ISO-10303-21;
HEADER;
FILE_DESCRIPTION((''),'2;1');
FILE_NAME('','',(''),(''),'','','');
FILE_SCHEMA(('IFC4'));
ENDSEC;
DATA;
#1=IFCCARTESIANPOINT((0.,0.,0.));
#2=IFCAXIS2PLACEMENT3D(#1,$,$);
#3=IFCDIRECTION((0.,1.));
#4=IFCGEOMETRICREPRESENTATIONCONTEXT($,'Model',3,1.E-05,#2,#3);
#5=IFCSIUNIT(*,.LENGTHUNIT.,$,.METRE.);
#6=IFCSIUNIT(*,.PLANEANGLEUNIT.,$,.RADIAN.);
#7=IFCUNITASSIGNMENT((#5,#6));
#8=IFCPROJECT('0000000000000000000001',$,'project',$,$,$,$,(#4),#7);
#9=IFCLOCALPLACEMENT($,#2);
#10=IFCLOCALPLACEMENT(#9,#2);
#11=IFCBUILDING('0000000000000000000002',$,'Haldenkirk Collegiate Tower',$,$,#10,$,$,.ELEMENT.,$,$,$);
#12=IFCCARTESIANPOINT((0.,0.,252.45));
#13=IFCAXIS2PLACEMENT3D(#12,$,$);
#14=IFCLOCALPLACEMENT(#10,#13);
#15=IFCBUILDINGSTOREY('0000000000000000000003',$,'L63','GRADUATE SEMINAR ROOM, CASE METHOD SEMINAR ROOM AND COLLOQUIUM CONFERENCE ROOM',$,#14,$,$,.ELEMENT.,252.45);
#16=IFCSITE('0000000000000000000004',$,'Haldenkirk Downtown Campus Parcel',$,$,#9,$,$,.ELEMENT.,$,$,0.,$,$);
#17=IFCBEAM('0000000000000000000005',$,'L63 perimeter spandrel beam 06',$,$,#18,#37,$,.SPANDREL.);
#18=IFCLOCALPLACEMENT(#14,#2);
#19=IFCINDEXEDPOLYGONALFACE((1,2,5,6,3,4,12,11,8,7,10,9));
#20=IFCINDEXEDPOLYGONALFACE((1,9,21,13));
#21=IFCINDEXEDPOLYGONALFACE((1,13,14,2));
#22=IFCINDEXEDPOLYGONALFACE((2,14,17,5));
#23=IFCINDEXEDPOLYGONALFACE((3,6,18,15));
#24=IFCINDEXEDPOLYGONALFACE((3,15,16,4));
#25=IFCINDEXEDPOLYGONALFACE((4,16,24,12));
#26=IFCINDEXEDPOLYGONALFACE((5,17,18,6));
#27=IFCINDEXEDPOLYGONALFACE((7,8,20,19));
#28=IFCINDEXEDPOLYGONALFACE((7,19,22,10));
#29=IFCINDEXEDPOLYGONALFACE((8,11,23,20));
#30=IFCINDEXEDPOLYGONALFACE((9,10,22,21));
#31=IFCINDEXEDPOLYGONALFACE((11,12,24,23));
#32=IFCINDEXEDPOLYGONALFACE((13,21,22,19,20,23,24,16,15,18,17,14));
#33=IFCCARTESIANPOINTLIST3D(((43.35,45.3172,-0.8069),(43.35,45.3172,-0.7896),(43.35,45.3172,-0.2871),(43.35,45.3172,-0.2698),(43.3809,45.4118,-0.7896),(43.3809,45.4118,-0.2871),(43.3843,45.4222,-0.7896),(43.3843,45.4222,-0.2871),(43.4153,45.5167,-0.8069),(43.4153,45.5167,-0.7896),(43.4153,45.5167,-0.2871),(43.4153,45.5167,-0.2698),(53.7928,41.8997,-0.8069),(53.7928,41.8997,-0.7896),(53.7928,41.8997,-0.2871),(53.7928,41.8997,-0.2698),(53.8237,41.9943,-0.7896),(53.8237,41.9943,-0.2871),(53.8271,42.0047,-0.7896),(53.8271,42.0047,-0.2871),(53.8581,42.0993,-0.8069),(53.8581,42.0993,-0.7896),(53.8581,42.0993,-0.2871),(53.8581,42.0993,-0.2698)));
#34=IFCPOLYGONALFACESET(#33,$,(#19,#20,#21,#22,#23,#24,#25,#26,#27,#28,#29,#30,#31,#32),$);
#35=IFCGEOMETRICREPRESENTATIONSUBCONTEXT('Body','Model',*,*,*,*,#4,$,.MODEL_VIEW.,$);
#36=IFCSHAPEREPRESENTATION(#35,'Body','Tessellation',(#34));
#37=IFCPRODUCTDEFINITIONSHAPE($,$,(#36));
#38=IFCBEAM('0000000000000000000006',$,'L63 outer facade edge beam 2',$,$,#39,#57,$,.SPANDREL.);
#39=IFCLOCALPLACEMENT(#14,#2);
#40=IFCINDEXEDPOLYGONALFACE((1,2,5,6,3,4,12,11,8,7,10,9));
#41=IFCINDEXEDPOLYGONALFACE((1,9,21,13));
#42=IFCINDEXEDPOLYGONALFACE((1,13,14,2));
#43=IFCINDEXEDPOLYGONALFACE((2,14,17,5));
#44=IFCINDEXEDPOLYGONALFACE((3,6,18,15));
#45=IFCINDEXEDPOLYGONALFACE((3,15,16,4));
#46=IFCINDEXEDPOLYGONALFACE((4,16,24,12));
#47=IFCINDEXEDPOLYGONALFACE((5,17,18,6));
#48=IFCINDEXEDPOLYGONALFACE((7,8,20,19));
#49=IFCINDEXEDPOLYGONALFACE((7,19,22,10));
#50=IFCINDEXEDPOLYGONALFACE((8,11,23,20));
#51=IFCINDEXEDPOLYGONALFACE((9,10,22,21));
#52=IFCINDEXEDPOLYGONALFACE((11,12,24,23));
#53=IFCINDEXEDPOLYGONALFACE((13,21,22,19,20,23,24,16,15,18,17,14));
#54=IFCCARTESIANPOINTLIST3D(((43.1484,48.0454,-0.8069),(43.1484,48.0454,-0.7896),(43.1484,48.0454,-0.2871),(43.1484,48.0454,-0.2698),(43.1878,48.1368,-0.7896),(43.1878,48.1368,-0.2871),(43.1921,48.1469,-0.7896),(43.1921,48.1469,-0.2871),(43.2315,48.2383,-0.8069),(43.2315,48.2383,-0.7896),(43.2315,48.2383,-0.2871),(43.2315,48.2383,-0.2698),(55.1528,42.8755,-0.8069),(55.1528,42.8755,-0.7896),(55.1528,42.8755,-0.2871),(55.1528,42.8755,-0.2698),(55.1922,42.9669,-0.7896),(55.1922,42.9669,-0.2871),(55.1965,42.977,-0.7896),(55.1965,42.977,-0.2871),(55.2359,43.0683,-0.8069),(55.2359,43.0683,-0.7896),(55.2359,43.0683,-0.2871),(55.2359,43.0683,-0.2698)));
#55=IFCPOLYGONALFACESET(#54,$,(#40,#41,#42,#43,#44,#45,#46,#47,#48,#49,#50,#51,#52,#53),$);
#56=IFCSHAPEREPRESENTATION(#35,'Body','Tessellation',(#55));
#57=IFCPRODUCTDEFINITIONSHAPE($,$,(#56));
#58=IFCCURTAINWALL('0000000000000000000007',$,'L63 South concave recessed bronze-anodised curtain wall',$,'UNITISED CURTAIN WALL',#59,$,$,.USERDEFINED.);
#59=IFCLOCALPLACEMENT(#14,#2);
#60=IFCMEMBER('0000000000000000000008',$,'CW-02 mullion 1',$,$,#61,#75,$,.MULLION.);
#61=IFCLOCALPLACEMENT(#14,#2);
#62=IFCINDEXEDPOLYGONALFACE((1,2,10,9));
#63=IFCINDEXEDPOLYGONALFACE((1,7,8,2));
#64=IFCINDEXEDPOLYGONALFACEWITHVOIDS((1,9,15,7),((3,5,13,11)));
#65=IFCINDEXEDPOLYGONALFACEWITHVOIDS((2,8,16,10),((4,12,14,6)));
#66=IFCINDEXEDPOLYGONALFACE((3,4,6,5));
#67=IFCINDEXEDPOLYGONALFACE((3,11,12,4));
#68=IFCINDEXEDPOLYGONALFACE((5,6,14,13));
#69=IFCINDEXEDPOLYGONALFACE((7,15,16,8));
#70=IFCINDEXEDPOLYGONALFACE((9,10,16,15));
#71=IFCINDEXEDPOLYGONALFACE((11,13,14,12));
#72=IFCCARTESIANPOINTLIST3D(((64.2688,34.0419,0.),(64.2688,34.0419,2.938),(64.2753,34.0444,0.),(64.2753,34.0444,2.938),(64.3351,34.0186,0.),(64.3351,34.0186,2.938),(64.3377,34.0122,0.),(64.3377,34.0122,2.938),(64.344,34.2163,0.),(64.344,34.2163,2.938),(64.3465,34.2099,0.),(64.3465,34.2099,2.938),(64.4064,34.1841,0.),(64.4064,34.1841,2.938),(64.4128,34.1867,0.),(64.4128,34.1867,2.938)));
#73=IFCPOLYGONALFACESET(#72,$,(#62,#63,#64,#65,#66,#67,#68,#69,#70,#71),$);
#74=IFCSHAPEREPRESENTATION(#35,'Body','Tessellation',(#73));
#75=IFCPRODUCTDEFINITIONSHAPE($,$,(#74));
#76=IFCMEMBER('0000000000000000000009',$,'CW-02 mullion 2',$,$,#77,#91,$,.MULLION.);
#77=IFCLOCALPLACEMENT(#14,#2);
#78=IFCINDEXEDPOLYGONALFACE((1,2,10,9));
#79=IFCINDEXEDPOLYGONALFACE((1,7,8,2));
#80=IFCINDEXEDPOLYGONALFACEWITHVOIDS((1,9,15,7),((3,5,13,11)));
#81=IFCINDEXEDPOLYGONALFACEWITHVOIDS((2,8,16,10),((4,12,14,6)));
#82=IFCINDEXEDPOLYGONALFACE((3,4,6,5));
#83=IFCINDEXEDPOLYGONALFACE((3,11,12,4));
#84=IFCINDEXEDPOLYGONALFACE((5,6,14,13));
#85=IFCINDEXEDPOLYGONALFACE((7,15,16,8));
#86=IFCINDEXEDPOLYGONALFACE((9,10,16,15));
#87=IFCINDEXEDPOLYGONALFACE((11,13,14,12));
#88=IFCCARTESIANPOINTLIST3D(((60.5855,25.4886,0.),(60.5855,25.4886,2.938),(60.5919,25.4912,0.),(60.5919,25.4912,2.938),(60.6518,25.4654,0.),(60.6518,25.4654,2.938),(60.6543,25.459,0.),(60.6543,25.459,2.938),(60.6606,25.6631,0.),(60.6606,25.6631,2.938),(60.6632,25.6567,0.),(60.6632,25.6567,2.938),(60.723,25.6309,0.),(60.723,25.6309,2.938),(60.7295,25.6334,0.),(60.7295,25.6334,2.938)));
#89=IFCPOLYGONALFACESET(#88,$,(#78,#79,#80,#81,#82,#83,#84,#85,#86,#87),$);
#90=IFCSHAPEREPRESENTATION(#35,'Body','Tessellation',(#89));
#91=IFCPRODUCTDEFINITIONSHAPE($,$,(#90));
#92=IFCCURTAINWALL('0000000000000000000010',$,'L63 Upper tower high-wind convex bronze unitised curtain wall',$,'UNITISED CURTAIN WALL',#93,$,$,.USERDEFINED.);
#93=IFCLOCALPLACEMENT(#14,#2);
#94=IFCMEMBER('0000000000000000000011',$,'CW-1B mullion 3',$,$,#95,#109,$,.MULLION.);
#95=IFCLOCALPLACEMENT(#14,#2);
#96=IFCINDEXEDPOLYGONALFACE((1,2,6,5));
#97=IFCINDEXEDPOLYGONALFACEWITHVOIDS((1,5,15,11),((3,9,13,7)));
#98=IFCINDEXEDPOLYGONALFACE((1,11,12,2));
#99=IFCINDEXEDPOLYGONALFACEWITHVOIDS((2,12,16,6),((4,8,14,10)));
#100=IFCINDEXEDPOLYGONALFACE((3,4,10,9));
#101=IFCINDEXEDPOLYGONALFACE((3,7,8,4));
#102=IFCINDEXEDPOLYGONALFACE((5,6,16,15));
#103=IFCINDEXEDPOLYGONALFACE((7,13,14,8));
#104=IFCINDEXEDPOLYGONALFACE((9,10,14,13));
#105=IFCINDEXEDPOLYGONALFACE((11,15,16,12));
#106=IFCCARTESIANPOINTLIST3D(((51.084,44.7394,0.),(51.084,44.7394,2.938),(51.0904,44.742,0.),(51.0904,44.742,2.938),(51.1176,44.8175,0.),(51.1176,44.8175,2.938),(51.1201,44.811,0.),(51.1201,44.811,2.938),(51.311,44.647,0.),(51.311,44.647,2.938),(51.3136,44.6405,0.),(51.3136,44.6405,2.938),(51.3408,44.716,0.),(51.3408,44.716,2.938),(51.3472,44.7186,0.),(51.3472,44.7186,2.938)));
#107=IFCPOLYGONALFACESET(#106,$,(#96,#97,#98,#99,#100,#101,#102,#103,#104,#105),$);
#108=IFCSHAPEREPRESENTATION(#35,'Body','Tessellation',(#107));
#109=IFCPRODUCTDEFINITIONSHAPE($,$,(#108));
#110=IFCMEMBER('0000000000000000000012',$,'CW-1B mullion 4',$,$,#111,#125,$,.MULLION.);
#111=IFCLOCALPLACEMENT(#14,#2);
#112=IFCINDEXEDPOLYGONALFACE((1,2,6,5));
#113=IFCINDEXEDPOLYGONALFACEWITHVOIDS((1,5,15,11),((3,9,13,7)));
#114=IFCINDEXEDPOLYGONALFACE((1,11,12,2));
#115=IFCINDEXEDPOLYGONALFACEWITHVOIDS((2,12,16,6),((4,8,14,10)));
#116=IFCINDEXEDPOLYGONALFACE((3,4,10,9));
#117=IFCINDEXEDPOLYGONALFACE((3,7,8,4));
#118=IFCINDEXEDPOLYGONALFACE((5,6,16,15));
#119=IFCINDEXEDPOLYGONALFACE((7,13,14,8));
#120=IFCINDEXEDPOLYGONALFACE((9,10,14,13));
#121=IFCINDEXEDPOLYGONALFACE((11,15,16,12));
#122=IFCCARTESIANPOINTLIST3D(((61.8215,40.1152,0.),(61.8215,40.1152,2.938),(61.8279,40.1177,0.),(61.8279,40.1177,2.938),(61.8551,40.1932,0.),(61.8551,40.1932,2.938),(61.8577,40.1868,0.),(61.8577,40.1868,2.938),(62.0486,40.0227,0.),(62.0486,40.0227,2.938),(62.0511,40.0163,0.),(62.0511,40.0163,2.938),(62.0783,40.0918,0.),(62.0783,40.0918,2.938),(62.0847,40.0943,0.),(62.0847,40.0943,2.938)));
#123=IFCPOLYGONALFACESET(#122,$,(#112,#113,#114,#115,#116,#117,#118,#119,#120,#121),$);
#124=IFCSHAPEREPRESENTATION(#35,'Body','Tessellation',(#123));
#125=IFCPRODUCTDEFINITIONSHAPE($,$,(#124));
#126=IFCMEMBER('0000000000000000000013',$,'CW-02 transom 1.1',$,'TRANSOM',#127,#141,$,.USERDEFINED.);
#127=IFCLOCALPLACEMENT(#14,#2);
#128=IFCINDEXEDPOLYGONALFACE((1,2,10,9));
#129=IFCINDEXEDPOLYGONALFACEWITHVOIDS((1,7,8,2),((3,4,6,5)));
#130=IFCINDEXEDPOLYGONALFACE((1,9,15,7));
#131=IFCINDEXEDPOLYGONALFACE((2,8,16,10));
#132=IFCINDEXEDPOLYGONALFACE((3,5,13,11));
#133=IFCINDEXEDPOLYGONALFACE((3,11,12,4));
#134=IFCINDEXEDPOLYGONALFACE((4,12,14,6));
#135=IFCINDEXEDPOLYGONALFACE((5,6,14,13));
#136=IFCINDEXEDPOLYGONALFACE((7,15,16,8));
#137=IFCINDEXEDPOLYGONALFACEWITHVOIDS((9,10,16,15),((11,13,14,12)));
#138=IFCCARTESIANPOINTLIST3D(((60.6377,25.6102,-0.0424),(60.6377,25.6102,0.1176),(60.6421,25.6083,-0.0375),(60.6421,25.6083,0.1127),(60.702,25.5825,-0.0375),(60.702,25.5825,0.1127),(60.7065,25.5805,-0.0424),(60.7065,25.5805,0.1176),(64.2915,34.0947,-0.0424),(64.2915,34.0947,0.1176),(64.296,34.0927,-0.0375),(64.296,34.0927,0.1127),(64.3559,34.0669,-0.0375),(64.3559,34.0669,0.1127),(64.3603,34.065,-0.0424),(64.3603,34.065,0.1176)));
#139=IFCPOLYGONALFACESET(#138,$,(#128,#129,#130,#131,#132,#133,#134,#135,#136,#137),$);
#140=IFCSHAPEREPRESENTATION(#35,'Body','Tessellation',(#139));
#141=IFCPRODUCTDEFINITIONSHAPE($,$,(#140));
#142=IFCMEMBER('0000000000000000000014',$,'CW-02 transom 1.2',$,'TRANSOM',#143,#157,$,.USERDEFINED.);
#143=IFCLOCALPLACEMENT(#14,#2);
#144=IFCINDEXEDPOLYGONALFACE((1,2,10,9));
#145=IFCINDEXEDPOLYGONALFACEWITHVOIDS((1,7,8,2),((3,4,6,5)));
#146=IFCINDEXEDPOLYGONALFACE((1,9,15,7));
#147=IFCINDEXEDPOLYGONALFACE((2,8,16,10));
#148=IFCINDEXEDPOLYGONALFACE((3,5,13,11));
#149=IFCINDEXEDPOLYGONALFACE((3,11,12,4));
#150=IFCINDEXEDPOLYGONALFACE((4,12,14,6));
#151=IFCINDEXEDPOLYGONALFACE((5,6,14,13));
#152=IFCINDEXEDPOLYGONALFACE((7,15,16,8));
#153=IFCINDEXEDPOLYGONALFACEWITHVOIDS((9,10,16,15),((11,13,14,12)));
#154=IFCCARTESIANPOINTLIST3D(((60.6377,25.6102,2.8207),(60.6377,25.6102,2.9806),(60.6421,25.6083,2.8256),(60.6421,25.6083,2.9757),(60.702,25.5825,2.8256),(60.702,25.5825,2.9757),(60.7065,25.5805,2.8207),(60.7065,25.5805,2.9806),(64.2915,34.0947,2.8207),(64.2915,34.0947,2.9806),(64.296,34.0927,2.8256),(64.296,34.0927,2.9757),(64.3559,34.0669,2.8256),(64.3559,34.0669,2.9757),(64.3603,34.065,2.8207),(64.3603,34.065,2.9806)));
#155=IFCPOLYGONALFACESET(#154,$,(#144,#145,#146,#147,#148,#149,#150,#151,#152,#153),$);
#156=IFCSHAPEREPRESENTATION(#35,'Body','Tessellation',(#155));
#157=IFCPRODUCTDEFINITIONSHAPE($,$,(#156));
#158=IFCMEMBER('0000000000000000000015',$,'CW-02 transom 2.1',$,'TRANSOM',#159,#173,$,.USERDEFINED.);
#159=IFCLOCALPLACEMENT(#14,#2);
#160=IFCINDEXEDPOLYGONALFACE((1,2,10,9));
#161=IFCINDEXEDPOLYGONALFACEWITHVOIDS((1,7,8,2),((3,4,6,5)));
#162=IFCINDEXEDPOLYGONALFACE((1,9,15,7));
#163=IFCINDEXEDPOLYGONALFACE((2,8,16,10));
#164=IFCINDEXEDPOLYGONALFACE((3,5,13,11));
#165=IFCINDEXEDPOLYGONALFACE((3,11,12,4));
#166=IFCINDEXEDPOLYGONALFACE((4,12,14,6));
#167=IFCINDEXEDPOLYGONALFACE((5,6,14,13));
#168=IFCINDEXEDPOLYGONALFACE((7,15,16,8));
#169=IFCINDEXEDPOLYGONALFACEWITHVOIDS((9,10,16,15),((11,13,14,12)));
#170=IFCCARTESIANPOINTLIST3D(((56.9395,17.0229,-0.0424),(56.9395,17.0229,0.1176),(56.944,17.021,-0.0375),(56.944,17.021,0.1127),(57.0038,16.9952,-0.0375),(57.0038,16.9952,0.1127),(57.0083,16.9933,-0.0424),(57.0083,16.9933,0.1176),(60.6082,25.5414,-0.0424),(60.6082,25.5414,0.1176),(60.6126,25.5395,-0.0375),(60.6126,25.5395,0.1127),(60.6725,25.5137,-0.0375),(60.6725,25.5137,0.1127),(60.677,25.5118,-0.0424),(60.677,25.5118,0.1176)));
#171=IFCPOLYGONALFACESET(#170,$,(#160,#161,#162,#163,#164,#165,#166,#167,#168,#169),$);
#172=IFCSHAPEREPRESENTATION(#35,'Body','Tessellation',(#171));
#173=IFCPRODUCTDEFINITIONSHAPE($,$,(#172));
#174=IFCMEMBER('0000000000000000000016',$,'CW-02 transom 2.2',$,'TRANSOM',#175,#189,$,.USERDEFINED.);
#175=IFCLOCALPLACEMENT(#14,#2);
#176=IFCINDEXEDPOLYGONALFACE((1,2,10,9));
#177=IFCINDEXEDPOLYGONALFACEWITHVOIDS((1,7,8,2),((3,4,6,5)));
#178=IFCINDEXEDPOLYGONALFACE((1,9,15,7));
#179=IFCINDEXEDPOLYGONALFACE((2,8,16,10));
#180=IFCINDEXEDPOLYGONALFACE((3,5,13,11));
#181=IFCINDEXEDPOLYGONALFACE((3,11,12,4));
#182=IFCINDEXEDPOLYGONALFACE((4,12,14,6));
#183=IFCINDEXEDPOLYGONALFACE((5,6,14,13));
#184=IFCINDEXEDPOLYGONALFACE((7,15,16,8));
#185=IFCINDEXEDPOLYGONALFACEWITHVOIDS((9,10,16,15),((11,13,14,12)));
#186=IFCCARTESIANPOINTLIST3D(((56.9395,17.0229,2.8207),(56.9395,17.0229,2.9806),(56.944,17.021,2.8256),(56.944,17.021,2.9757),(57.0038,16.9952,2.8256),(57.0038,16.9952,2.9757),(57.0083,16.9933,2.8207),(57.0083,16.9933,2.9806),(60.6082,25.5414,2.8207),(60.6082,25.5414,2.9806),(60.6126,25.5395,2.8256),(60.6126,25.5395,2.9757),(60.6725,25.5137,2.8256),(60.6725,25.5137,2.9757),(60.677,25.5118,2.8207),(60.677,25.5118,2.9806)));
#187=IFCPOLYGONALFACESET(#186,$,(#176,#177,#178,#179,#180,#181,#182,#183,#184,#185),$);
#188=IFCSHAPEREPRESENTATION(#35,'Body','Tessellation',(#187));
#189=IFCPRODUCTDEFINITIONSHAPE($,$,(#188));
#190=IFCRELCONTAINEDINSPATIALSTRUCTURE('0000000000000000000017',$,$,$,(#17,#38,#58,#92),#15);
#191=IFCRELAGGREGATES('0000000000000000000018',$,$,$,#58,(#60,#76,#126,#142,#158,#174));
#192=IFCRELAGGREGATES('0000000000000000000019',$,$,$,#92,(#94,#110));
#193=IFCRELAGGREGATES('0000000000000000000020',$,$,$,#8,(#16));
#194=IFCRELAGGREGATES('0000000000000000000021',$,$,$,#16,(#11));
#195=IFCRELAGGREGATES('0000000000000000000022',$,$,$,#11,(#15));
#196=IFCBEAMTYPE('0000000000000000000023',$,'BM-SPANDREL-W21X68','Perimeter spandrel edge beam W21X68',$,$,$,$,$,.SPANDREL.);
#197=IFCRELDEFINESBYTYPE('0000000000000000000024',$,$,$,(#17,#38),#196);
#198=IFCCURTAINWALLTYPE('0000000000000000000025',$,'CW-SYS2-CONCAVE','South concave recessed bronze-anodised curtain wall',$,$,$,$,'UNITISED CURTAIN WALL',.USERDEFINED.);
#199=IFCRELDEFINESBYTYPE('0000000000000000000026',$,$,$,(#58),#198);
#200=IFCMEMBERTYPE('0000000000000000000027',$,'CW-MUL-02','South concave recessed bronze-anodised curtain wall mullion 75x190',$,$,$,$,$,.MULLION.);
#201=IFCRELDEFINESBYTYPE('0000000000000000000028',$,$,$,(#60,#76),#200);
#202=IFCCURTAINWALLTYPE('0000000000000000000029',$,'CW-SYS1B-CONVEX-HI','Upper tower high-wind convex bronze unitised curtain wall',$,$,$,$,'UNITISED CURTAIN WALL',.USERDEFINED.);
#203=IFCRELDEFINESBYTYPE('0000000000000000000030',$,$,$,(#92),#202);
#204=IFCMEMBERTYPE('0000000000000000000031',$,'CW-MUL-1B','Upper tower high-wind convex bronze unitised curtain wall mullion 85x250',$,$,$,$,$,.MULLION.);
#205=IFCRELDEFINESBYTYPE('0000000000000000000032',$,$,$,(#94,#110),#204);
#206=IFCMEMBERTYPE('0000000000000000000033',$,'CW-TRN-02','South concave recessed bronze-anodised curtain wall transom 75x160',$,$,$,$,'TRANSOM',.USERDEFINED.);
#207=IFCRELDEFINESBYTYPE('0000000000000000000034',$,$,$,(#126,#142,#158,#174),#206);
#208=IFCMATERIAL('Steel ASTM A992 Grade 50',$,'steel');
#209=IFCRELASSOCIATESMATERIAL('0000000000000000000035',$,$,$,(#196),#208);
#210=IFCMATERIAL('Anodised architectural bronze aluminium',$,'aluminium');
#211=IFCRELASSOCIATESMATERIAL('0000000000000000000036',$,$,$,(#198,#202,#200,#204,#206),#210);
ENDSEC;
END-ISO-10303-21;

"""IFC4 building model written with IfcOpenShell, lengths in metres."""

from ifc_helpers import new_model, si_unit, direction, frame, origin, origin_2d, place, context, subcontext, project, spatial, hollow_rectangle, i_section, extrude, material, material_profile, profile_set, type_object, element, aggregate, save


model = new_model("IFC4")

# Units and contexts
model_context = context("Model", 3, precision=1e-05, world=origin(), true_north=direction((0.0, 1.0)))
body_context = subcontext(model_context, "Body", "Model", "MODEL_VIEW")
ifc_project = project(units=[si_unit("LENGTHUNIT", "METRE"), si_unit("PLANEANGLEUNIT", "RADIAN")], contexts=[model_context])

# Site, building, storey
site_placement = place(None, origin())
site = spatial("IfcSite", under=ifc_project, at=site_placement, Name="Haldenkirk Downtown Campus Parcel", CompositionType="ELEMENT", RefElevation=0.0)
building_placement = place(site_placement, origin())
building = spatial("IfcBuilding", under=site, at=building_placement, Name="Haldenkirk Collegiate Tower", CompositionType="ELEMENT")
storey_placement = place(building_placement, frame((0.0, 0.0, 252.45)))
storey = spatial("IfcBuildingStorey", under=building, at=storey_placement, Name="L63", Description="GRADUATE SEMINAR ROOM, CASE METHOD SEMINAR ROOM AND COLLOQUIUM CONFERENCE ROOM", CompositionType="ELEMENT", Elevation=252.45)

# Beams
ifc_material_1 = material(Name="Steel ASTM A992 Grade 50", Category="steel")
ifc_material_profile_1 = material_profile(ifc_material_1, i_section(OverallWidth=0.21, OverallDepth=0.5371, WebThickness=0.011, FlangeThickness=0.0173, at=origin_2d()), Name="W21X68")
ifc_profile_set_1 = profile_set([ifc_material_profile_1], Name="Steel ASTM A992 Grade 50")
beam_type_1 = type_object("IfcBeamType", Name="BM-SPANDREL-W21X68", Description="Perimeter spandrel edge beam W21X68", PredefinedType="SPANDREL", material=ifc_profile_set_1)
beam_1_placement = place(storey_placement, frame((53.8254, 41.9995, -0.5383), z_axis=(-0.950402, 0.311024, 0.0), x_axis=(-0.311024, -0.950402, 0.0)))
element("IfcBeam", 1, at=beam_1_placement, inside=storey, type_object=beam_type_1, Name="L63 perimeter spandrel beam 06", PredefinedType="SPANDREL", context=body_context, shape_type="SweptSolid", body=[
    extrude(i_section(OverallWidth=0.21, OverallDepth=0.5371, WebThickness=0.011, FlangeThickness=0.0173, at=origin_2d()), origin(), (0.0, 0.0, 1.0), 10.9878),
])
beam_2_placement = place(storey_placement, frame((55.1943, 42.9719, -0.5383), z_axis=(-0.918446, 0.395546, 0.0), x_axis=(-0.395546, -0.918446, 0.0)))
element("IfcBeam", 2, at=beam_2_placement, inside=storey, type_object=beam_type_1, Name="L63 outer facade edge beam 2", PredefinedType="SPANDREL", context=body_context, shape_type="SweptSolid", body=[
    extrude(i_section(OverallWidth=0.21, OverallDepth=0.5371, WebThickness=0.011, FlangeThickness=0.0173, at=origin_2d()), origin(), (0.0, 0.0, 1.0), 13.0703),
])

# Curtain walls, members
ifc_material_2 = material(Name="Anodised architectural bronze aluminium", Category="aluminium")
curtain_wall_type_1 = type_object("IfcCurtainWallType", Name="CW-SYS2-CONCAVE", Description="South concave recessed bronze-anodised curtain wall", ElementType="UNITISED CURTAIN WALL", PredefinedType="USERDEFINED", material=ifc_material_2)
curtain_wall_1_placement = place(storey_placement, origin())
curtain_wall_1 = element("IfcCurtainWall", 3, at=curtain_wall_1_placement, inside=storey, type_object=curtain_wall_type_1, Name="L63 South concave recessed bronze-anodised curtain wall", ObjectType="UNITISED CURTAIN WALL", PredefinedType="USERDEFINED")
ifc_material_profile_2 = material_profile(ifc_material_2, hollow_rectangle(XDim=0.075, YDim=0.1899, WallThickness=0.0049, at=origin_2d()), Name="CW-MUL-02")
ifc_profile_set_2 = profile_set([ifc_material_profile_2], Name="Anodised architectural bronze aluminium")
member_type_1 = type_object("IfcMemberType", Name="CW-MUL-02", Description="South concave recessed bronze-anodised curtain wall mullion 75x190", PredefinedType="MULLION", material=ifc_profile_set_2)
member_1_placement = place(storey_placement, frame((64.3408, 34.1143, 0.0), z_axis=(0.0, 0.0, 1.0), x_axis=(0.918446, -0.395545, 0.0)))
member_1 = element("IfcMember", 4, at=member_1_placement, type_object=member_type_1, Name="CW-02 mullion 1", PredefinedType="MULLION", context=body_context, shape_type="SweptSolid", body=[
    extrude(hollow_rectangle(XDim=0.075, YDim=0.1899, WallThickness=0.0049, at=origin_2d()), origin(), (0.0, 0.0, 1.0), 2.938),
])
member_2_placement = place(storey_placement, frame((60.6575, 25.561, 0.0), z_axis=(0.0, 0.0, 1.0), x_axis=(0.918446, -0.395545, 0.0)))
member_2 = element("IfcMember", 5, at=member_2_placement, type_object=member_type_1, Name="CW-02 mullion 2", PredefinedType="MULLION", context=body_context, shape_type="SweptSolid", body=[
    extrude(hollow_rectangle(XDim=0.075, YDim=0.1899, WallThickness=0.0049, at=origin_2d()), origin(), (0.0, 0.0, 1.0), 2.938),
])
curtain_wall_type_2 = type_object("IfcCurtainWallType", Name="CW-SYS1B-CONVEX-HI", Description="Upper tower high-wind convex bronze unitised curtain wall", ElementType="UNITISED CURTAIN WALL", PredefinedType="USERDEFINED", material=ifc_material_2)
curtain_wall_2_placement = place(storey_placement, origin())
curtain_wall_2 = element("IfcCurtainWall", 6, at=curtain_wall_2_placement, inside=storey, type_object=curtain_wall_type_2, Name="L63 Upper tower high-wind convex bronze unitised curtain wall", ObjectType="UNITISED CURTAIN WALL", PredefinedType="USERDEFINED")
ifc_material_profile_3 = material_profile(ifc_material_2, hollow_rectangle(XDim=0.085, YDim=0.25, WallThickness=0.0049, at=origin_2d()), Name="CW-MUL-1B")
ifc_profile_set_3 = profile_set([ifc_material_profile_3], Name="Anodised architectural bronze aluminium")
member_type_2 = type_object("IfcMemberType", Name="CW-MUL-1B", Description="Upper tower high-wind convex bronze unitised curtain wall mullion 85x250", PredefinedType="MULLION", material=ifc_profile_set_3)
member_3_placement = place(storey_placement, frame((51.2156, 44.729, 0.0), z_axis=(0.0, 0.0, 1.0), x_axis=(0.395546, 0.918446, 0.0)))
member_3 = element("IfcMember", 7, at=member_3_placement, type_object=member_type_2, Name="CW-1B mullion 3", PredefinedType="MULLION", context=body_context, shape_type="SweptSolid", body=[
    extrude(hollow_rectangle(XDim=0.085, YDim=0.25, WallThickness=0.0049, at=origin_2d()), origin(), (0.0, 0.0, 1.0), 2.938),
])
member_4_placement = place(storey_placement, frame((61.9531, 40.1047, 0.0), z_axis=(0.0, 0.0, 1.0), x_axis=(0.395546, 0.918446, 0.0)))
member_4 = element("IfcMember", 8, at=member_4_placement, type_object=member_type_2, Name="CW-1B mullion 4", PredefinedType="MULLION", context=body_context, shape_type="SweptSolid", body=[
    extrude(hollow_rectangle(XDim=0.085, YDim=0.25, WallThickness=0.0049, at=origin_2d()), origin(), (0.0, 0.0, 1.0), 2.938),
])

# Members
ifc_material_profile_4 = material_profile(ifc_material_2, hollow_rectangle(XDim=0.075, YDim=0.1599, WallThickness=0.0049, at=origin_2d()), Name="CW-TRN-02")
ifc_profile_set_4 = profile_set([ifc_material_profile_4], Name="Anodised architectural bronze aluminium")
member_type_3 = type_object("IfcMemberType", Name="CW-TRN-02", Description="South concave recessed bronze-anodised curtain wall transom 75x160", ElementType="TRANSOM", PredefinedType="USERDEFINED", material=ifc_profile_set_4)
member_5_placement = place(storey_placement, frame((64.3259, 34.0798, 0.0376), z_axis=(-0.395533, -0.918452, 0.0), x_axis=(0.918452, -0.395533, 0.0)))
member_5 = element("IfcMember", 9, at=member_5_placement, type_object=member_type_3, Name="CW-02 transom 1.1", ObjectType="TRANSOM", PredefinedType="USERDEFINED", context=body_context, shape_type="SweptSolid", body=[
    extrude(hollow_rectangle(XDim=0.075, YDim=0.1599, WallThickness=0.0049, at=origin_2d()), origin(), (0.0, 0.0, 1.0), 9.2378),
])
member_6_placement = place(storey_placement, frame((64.3259, 34.0798, 2.9006), z_axis=(-0.395533, -0.918452, 0.0), x_axis=(0.918452, -0.395533, 0.0)))
member_6 = element("IfcMember", 10, at=member_6_placement, type_object=member_type_3, Name="CW-02 transom 1.2", ObjectType="TRANSOM", PredefinedType="USERDEFINED", context=body_context, shape_type="SweptSolid", body=[
    extrude(hollow_rectangle(XDim=0.075, YDim=0.1599, WallThickness=0.0049, at=origin_2d()), origin(), (0.0, 0.0, 1.0), 9.2378),
])
member_7_placement = place(storey_placement, frame((60.6426, 25.5266, 0.0376), z_axis=(-0.395548, -0.918445, 0.0), x_axis=(0.918445, -0.395548, 0.0)))
member_7 = element("IfcMember", 11, at=member_7_placement, type_object=member_type_3, Name="CW-02 transom 2.1", ObjectType="TRANSOM", PredefinedType="USERDEFINED", context=body_context, shape_type="SweptSolid", body=[
    extrude(hollow_rectangle(XDim=0.075, YDim=0.1599, WallThickness=0.0049, at=origin_2d()), origin(), (0.0, 0.0, 1.0), 9.2749),
])
member_8_placement = place(storey_placement, frame((60.6426, 25.5266, 2.9006), z_axis=(-0.395548, -0.918445, 0.0), x_axis=(0.918445, -0.395548, 0.0)))
member_8 = element("IfcMember", 12, at=member_8_placement, type_object=member_type_3, Name="CW-02 transom 2.2", ObjectType="TRANSOM", PredefinedType="USERDEFINED", context=body_context, shape_type="SweptSolid", body=[
    extrude(hollow_rectangle(XDim=0.075, YDim=0.1599, WallThickness=0.0049, at=origin_2d()), origin(), (0.0, 0.0, 1.0), 9.2749),
])

aggregate(curtain_wall_1, [member_1, member_2, member_5, member_6, member_7, member_8])
aggregate(curtain_wall_2, [member_3, member_4])

save(model, "model.ifc")
